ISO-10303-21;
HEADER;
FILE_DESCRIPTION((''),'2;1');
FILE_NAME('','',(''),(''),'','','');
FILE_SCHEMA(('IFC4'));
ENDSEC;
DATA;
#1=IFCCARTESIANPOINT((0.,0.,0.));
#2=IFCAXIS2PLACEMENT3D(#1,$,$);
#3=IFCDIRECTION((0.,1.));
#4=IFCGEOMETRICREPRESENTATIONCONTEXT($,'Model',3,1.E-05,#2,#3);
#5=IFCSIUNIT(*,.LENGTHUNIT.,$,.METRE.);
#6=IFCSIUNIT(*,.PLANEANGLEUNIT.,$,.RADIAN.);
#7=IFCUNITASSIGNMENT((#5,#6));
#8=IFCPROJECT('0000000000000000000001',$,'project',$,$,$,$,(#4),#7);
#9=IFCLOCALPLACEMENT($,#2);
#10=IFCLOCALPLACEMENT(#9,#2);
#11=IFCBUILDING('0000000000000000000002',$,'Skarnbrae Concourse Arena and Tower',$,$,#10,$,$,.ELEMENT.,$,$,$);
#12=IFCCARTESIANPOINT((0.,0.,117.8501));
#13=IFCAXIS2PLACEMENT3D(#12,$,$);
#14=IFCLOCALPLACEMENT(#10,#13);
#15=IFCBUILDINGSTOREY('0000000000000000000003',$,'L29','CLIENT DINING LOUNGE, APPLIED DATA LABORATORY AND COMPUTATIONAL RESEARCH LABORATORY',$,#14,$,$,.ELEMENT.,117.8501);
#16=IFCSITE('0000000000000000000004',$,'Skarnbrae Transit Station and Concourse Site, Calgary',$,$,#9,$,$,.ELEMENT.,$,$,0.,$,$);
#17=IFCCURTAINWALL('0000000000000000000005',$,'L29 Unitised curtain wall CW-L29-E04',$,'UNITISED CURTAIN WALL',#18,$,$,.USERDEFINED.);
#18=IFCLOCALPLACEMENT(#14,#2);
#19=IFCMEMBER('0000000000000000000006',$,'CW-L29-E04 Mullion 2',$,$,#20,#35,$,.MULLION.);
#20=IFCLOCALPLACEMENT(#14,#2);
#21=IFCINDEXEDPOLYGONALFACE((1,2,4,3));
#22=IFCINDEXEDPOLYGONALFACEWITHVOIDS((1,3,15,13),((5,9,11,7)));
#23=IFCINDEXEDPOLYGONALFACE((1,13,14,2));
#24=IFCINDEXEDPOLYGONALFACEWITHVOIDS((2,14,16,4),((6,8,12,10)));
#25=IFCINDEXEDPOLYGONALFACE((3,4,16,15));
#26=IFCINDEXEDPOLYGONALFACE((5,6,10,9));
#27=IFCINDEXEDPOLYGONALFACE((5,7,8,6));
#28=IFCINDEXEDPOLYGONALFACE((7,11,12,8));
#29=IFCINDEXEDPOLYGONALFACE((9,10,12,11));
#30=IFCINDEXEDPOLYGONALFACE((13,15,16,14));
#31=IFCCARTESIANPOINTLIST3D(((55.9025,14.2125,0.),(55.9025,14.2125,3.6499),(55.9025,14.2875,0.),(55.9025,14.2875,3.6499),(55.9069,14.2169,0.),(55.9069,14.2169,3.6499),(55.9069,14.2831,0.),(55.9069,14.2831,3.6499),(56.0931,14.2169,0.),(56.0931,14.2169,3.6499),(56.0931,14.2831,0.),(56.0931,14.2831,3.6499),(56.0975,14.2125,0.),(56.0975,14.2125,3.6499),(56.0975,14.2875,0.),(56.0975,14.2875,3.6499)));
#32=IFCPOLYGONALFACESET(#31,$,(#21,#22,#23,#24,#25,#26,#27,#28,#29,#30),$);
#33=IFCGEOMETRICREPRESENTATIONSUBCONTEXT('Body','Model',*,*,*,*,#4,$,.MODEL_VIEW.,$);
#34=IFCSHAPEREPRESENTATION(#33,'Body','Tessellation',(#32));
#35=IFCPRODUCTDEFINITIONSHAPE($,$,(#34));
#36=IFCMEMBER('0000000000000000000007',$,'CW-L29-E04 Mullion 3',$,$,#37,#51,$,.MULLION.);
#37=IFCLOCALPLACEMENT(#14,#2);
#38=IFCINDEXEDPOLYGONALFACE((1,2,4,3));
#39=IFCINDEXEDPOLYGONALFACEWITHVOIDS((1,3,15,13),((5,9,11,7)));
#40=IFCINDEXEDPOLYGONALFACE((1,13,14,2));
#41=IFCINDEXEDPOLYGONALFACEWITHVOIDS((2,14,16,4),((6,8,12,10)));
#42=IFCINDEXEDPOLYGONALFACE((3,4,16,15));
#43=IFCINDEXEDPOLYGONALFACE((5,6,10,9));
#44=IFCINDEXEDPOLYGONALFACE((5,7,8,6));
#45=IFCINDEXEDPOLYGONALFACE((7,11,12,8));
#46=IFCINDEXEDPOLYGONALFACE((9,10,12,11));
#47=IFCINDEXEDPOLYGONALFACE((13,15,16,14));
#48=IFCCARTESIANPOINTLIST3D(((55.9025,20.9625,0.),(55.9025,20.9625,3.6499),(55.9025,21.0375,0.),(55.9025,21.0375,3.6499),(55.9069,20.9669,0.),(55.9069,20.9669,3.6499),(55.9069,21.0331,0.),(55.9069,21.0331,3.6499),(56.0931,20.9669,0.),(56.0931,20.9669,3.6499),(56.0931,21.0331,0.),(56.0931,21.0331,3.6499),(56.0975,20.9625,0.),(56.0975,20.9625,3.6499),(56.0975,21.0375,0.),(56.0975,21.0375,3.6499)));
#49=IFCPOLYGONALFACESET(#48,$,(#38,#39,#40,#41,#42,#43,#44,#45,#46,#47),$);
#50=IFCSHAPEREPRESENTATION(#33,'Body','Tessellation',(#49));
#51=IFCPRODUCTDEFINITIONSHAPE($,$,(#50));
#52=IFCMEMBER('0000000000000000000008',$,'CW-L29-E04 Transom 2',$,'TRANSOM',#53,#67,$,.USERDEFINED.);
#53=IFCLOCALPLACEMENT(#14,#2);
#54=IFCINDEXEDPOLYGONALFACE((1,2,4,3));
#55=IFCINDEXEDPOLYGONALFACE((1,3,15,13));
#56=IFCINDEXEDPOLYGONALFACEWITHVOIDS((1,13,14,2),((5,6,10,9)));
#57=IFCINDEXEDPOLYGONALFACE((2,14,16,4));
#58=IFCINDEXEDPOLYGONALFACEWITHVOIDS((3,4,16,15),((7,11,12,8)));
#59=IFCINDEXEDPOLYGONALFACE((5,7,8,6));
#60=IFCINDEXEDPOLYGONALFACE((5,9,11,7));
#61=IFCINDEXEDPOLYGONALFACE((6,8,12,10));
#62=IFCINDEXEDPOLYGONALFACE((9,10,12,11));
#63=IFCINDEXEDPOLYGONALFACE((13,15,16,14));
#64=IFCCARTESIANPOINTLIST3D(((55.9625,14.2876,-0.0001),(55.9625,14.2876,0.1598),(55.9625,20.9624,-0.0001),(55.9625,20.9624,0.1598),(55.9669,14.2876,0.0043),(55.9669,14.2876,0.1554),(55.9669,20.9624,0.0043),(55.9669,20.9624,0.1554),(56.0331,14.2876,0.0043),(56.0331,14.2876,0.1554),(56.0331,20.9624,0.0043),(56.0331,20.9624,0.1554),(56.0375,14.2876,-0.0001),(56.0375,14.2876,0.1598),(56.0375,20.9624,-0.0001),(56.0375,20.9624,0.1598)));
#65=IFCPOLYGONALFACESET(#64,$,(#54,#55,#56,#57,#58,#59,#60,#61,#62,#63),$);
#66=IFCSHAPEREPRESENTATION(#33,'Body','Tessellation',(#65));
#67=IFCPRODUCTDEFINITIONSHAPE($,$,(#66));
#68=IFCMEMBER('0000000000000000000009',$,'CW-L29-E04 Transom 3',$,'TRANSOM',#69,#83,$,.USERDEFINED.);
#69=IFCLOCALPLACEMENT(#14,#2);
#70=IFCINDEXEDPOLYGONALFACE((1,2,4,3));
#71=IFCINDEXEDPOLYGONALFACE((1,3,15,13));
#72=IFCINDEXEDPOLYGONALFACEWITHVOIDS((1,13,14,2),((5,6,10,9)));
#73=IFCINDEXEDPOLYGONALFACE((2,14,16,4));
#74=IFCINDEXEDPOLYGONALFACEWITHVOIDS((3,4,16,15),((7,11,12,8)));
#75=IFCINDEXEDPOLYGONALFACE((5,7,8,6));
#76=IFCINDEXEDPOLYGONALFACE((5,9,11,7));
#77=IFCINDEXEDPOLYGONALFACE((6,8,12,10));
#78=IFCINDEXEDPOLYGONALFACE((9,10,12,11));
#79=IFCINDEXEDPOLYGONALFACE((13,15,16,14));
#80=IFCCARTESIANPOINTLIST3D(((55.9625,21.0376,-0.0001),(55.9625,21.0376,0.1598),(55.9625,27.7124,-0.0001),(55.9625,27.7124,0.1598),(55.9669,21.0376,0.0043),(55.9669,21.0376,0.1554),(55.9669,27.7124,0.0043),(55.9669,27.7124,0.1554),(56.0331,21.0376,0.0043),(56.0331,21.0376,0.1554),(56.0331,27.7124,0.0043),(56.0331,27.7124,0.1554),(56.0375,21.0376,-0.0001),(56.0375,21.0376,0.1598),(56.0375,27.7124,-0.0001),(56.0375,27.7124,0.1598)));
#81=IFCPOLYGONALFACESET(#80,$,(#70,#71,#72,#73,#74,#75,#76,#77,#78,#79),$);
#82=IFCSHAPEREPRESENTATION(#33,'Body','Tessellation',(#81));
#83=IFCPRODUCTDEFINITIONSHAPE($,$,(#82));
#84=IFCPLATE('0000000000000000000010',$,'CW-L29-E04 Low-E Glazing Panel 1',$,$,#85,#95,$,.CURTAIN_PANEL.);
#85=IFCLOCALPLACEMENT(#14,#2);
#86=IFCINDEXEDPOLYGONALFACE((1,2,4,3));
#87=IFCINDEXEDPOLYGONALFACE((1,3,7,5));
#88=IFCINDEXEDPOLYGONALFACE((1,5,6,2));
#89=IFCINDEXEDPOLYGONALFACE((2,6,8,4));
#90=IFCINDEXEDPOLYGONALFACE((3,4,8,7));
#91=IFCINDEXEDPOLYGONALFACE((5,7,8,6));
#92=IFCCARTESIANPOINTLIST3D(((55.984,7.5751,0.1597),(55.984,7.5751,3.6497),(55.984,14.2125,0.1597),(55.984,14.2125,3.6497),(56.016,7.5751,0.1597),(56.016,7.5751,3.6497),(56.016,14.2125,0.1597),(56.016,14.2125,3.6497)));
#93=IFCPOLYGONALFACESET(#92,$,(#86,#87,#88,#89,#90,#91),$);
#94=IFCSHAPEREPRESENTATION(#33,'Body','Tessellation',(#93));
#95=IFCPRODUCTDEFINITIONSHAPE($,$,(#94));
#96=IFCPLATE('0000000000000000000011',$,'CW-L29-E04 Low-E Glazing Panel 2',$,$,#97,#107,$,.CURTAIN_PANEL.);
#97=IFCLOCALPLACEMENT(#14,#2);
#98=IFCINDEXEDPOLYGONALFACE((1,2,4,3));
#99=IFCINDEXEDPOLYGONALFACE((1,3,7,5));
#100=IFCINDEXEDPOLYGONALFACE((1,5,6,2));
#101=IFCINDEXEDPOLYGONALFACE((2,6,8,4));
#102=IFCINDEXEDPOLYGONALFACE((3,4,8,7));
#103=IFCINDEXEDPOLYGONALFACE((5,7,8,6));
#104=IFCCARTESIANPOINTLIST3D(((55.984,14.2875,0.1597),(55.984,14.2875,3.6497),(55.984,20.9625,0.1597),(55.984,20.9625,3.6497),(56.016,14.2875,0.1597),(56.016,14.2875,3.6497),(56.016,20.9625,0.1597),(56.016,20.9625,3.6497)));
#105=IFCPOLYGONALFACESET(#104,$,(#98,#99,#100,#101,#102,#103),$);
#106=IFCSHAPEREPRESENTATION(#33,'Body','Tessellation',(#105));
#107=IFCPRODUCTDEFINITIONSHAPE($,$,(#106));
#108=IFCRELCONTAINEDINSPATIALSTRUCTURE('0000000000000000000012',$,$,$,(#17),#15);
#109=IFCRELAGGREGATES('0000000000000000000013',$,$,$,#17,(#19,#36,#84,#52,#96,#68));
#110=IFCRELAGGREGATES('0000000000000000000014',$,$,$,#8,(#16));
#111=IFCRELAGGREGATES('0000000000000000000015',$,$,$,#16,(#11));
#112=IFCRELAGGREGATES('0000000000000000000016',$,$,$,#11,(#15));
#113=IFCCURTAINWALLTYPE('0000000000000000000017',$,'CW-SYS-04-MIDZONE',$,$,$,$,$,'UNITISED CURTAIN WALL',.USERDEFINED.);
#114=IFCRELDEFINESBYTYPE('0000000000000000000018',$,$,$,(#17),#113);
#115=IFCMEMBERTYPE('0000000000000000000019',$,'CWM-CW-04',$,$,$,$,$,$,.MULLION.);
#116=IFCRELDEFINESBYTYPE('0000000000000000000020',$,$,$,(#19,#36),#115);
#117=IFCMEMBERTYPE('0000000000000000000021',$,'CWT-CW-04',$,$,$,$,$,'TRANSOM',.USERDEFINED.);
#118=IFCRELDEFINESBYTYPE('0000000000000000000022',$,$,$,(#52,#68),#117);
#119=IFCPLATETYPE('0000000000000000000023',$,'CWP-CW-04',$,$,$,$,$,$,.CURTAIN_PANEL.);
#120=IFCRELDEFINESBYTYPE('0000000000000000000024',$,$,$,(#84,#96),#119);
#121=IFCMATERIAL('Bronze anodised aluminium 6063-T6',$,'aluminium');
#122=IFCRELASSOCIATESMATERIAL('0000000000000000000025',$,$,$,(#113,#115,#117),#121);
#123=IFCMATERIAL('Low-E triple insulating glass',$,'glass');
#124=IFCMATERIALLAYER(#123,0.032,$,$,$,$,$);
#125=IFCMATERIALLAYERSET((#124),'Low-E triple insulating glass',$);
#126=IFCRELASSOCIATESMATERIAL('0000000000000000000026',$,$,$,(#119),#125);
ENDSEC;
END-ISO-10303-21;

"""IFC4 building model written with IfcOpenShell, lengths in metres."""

from ifc_helpers import new_model, si_unit, direction, frame, origin, origin_2d, place, context, subcontext, project, spatial, rectangle, hollow_rectangle, extrude, source, transform, mapped, material, layer, layer_set, material_profile, profile_set, type_object, element, aggregate, save


model = new_model("IFC4")

# Units and contexts
model_context = context("Model", 3, precision=1e-05, world=origin(), true_north=direction((0.0, 1.0)))
body_context = subcontext(model_context, "Body", "Model", "MODEL_VIEW")
ifc_project = project(units=[si_unit("LENGTHUNIT", "METRE"), si_unit("PLANEANGLEUNIT", "RADIAN")], contexts=[model_context])

# Site, building, storey
site_placement = place(None, origin())
site = spatial("IfcSite", under=ifc_project, at=site_placement, Name="Skarnbrae Transit Station and Concourse Site, Calgary", CompositionType="ELEMENT", RefElevation=0.0)
building_placement = place(site_placement, origin())
building = spatial("IfcBuilding", under=site, at=building_placement, Name="Skarnbrae Concourse Arena and Tower", CompositionType="ELEMENT")
storey_placement = place(building_placement, frame((0.0, 0.0, 117.8501)))
storey = spatial("IfcBuildingStorey", under=building, at=storey_placement, Name="L29", Description="CLIENT DINING LOUNGE, APPLIED DATA LABORATORY AND COMPUTATIONAL RESEARCH LABORATORY", CompositionType="ELEMENT", Elevation=117.8501)

# Curtain wall, members, plates
ifc_material_1 = material(Name="Bronze anodised aluminium 6063-T6", Category="aluminium")
curtain_wall_type = type_object("IfcCurtainWallType", Name="CW-SYS-04-MIDZONE", ElementType="UNITISED CURTAIN WALL", PredefinedType="USERDEFINED", material=ifc_material_1)
curtain_wall_placement = place(storey_placement, origin())
curtain_wall = element("IfcCurtainWall", 1, at=curtain_wall_placement, inside=storey, type_object=curtain_wall_type, Name="L29 Unitised curtain wall CW-L29-E04", ObjectType="UNITISED CURTAIN WALL", PredefinedType="USERDEFINED")
ifc_material_profile_1 = material_profile(ifc_material_1, hollow_rectangle(XDim=0.075, YDim=0.1951, WallThickness=0.0044, at=origin_2d()), Name="ALU-MULL-75X195")
ifc_profile_set_1 = profile_set([ifc_material_profile_1], Name="Bronze anodised aluminium 6063-T6")
member_type_1 = type_object("IfcMemberType", Name="CWM-CW-04", PredefinedType="MULLION", material=ifc_profile_set_1)
shared_shape_1 = source(origin(), body_context, "Body", "SweptSolid", [
    extrude(hollow_rectangle(XDim=0.075, YDim=0.1951, WallThickness=0.0044, at=origin_2d()), origin(), (0.0, 0.0, 1.0), 3.6499),
])
member_1_placement = place(storey_placement, frame((56.0, 14.25, 0.0), z_axis=(0.0, 0.0, 1.0), x_axis=(0.0, 1.0, 0.0)))
member_1 = element("IfcMember", 2, at=member_1_placement, type_object=member_type_1, Name="CW-L29-E04 Mullion 2", PredefinedType="MULLION", context=body_context, shape_type="MappedRepresentation", body=[
    mapped(shared_shape_1, transform((0.0, 0.0, 0.0))),
])
member_2_placement = place(storey_placement, frame((56.0, 21.0, 0.0), z_axis=(0.0, 0.0, 1.0), x_axis=(0.0, 1.0, 0.0)))
member_2 = element("IfcMember", 3, at=member_2_placement, type_object=member_type_1, Name="CW-L29-E04 Mullion 3", PredefinedType="MULLION", context=body_context, shape_type="MappedRepresentation", body=[
    mapped(shared_shape_1, transform((0.0, 0.0, 0.0))),
])
ifc_material_profile_2 = material_profile(ifc_material_1, hollow_rectangle(XDim=0.075, YDim=0.1599, WallThickness=0.0044, at=origin_2d()), Name="ALU-TRAN-75X160")
ifc_profile_set_2 = profile_set([ifc_material_profile_2], Name="Bronze anodised aluminium 6063-T6")
member_type_2 = type_object("IfcMemberType", Name="CWT-CW-04", ElementType="TRANSOM", PredefinedType="USERDEFINED", material=ifc_profile_set_2)
shared_shape_2 = source(origin(), body_context, "Body", "SweptSolid", [
    extrude(hollow_rectangle(XDim=0.075, YDim=0.1599, WallThickness=0.0044, at=origin_2d()), origin(), (0.0, 0.0, 1.0), 6.6748),
])
member_3_placement = place(storey_placement, frame((56.0, 14.2876, 0.0798), z_axis=(0.0, 1.0, 0.0), x_axis=(-1.0, 0.0, 0.0)))
member_3 = element("IfcMember", 4, at=member_3_placement, type_object=member_type_2, Name="CW-L29-E04 Transom 2", ObjectType="TRANSOM", PredefinedType="USERDEFINED", context=body_context, shape_type="MappedRepresentation", body=[
    mapped(shared_shape_2, transform((0.0, 0.0, 0.0))),
])
member_4_placement = place(storey_placement, frame((56.0, 21.0376, 0.0798), z_axis=(0.0, 1.0, 0.0), x_axis=(-1.0, 0.0, 0.0)))
member_4 = element("IfcMember", 5, at=member_4_placement, type_object=member_type_2, Name="CW-L29-E04 Transom 3", ObjectType="TRANSOM", PredefinedType="USERDEFINED", context=body_context, shape_type="MappedRepresentation", body=[
    mapped(shared_shape_2, transform((0.0, 0.0, 0.0))),
])
ifc_material_2 = material(Name="Low-E triple insulating glass", Category="glass")
ifc_layer = layer(ifc_material_2, 0.032)
ifc_layer_set = layer_set([ifc_layer], Name="Low-E triple insulating glass")
plate_type = type_object("IfcPlateType", Name="CWP-CW-04", PredefinedType="CURTAIN_PANEL", material=ifc_layer_set)
shared_shape_3 = source(origin(), body_context, "Body", "SweptSolid", [
    extrude(rectangle(XDim=6.6375, YDim=0.032, at=origin_2d()), origin(), (0.0, 0.0, 1.0), 3.49),
])
plate_1_placement = place(storey_placement, frame((56.0, 10.8938, 0.1597), z_axis=(0.0, 0.0, 1.0), x_axis=(0.0, 1.0, 0.0)))
plate_1 = element("IfcPlate", 6, at=plate_1_placement, type_object=plate_type, Name="CW-L29-E04 Low-E Glazing Panel 1", PredefinedType="CURTAIN_PANEL", context=body_context, shape_type="MappedRepresentation", body=[
    mapped(shared_shape_3, transform((0.0, 0.0, 0.0))),
])
shared_shape_4 = source(origin(), body_context, "Body", "SweptSolid", [
    extrude(rectangle(XDim=6.675, YDim=0.032, at=origin_2d()), origin(), (0.0, 0.0, 1.0), 3.49),
])
plate_2_placement = place(storey_placement, frame((56.0, 17.625, 0.1597), z_axis=(0.0, 0.0, 1.0), x_axis=(0.0, 1.0, 0.0)))
plate_2 = element("IfcPlate", 7, at=plate_2_placement, type_object=plate_type, Name="CW-L29-E04 Low-E Glazing Panel 2", PredefinedType="CURTAIN_PANEL", context=body_context, shape_type="MappedRepresentation", body=[
    mapped(shared_shape_4, transform((0.0, 0.0, 0.0))),
])
aggregate(curtain_wall, [member_1, member_2, plate_1, member_3, plate_2, member_4])

save(model, "model.ifc")
